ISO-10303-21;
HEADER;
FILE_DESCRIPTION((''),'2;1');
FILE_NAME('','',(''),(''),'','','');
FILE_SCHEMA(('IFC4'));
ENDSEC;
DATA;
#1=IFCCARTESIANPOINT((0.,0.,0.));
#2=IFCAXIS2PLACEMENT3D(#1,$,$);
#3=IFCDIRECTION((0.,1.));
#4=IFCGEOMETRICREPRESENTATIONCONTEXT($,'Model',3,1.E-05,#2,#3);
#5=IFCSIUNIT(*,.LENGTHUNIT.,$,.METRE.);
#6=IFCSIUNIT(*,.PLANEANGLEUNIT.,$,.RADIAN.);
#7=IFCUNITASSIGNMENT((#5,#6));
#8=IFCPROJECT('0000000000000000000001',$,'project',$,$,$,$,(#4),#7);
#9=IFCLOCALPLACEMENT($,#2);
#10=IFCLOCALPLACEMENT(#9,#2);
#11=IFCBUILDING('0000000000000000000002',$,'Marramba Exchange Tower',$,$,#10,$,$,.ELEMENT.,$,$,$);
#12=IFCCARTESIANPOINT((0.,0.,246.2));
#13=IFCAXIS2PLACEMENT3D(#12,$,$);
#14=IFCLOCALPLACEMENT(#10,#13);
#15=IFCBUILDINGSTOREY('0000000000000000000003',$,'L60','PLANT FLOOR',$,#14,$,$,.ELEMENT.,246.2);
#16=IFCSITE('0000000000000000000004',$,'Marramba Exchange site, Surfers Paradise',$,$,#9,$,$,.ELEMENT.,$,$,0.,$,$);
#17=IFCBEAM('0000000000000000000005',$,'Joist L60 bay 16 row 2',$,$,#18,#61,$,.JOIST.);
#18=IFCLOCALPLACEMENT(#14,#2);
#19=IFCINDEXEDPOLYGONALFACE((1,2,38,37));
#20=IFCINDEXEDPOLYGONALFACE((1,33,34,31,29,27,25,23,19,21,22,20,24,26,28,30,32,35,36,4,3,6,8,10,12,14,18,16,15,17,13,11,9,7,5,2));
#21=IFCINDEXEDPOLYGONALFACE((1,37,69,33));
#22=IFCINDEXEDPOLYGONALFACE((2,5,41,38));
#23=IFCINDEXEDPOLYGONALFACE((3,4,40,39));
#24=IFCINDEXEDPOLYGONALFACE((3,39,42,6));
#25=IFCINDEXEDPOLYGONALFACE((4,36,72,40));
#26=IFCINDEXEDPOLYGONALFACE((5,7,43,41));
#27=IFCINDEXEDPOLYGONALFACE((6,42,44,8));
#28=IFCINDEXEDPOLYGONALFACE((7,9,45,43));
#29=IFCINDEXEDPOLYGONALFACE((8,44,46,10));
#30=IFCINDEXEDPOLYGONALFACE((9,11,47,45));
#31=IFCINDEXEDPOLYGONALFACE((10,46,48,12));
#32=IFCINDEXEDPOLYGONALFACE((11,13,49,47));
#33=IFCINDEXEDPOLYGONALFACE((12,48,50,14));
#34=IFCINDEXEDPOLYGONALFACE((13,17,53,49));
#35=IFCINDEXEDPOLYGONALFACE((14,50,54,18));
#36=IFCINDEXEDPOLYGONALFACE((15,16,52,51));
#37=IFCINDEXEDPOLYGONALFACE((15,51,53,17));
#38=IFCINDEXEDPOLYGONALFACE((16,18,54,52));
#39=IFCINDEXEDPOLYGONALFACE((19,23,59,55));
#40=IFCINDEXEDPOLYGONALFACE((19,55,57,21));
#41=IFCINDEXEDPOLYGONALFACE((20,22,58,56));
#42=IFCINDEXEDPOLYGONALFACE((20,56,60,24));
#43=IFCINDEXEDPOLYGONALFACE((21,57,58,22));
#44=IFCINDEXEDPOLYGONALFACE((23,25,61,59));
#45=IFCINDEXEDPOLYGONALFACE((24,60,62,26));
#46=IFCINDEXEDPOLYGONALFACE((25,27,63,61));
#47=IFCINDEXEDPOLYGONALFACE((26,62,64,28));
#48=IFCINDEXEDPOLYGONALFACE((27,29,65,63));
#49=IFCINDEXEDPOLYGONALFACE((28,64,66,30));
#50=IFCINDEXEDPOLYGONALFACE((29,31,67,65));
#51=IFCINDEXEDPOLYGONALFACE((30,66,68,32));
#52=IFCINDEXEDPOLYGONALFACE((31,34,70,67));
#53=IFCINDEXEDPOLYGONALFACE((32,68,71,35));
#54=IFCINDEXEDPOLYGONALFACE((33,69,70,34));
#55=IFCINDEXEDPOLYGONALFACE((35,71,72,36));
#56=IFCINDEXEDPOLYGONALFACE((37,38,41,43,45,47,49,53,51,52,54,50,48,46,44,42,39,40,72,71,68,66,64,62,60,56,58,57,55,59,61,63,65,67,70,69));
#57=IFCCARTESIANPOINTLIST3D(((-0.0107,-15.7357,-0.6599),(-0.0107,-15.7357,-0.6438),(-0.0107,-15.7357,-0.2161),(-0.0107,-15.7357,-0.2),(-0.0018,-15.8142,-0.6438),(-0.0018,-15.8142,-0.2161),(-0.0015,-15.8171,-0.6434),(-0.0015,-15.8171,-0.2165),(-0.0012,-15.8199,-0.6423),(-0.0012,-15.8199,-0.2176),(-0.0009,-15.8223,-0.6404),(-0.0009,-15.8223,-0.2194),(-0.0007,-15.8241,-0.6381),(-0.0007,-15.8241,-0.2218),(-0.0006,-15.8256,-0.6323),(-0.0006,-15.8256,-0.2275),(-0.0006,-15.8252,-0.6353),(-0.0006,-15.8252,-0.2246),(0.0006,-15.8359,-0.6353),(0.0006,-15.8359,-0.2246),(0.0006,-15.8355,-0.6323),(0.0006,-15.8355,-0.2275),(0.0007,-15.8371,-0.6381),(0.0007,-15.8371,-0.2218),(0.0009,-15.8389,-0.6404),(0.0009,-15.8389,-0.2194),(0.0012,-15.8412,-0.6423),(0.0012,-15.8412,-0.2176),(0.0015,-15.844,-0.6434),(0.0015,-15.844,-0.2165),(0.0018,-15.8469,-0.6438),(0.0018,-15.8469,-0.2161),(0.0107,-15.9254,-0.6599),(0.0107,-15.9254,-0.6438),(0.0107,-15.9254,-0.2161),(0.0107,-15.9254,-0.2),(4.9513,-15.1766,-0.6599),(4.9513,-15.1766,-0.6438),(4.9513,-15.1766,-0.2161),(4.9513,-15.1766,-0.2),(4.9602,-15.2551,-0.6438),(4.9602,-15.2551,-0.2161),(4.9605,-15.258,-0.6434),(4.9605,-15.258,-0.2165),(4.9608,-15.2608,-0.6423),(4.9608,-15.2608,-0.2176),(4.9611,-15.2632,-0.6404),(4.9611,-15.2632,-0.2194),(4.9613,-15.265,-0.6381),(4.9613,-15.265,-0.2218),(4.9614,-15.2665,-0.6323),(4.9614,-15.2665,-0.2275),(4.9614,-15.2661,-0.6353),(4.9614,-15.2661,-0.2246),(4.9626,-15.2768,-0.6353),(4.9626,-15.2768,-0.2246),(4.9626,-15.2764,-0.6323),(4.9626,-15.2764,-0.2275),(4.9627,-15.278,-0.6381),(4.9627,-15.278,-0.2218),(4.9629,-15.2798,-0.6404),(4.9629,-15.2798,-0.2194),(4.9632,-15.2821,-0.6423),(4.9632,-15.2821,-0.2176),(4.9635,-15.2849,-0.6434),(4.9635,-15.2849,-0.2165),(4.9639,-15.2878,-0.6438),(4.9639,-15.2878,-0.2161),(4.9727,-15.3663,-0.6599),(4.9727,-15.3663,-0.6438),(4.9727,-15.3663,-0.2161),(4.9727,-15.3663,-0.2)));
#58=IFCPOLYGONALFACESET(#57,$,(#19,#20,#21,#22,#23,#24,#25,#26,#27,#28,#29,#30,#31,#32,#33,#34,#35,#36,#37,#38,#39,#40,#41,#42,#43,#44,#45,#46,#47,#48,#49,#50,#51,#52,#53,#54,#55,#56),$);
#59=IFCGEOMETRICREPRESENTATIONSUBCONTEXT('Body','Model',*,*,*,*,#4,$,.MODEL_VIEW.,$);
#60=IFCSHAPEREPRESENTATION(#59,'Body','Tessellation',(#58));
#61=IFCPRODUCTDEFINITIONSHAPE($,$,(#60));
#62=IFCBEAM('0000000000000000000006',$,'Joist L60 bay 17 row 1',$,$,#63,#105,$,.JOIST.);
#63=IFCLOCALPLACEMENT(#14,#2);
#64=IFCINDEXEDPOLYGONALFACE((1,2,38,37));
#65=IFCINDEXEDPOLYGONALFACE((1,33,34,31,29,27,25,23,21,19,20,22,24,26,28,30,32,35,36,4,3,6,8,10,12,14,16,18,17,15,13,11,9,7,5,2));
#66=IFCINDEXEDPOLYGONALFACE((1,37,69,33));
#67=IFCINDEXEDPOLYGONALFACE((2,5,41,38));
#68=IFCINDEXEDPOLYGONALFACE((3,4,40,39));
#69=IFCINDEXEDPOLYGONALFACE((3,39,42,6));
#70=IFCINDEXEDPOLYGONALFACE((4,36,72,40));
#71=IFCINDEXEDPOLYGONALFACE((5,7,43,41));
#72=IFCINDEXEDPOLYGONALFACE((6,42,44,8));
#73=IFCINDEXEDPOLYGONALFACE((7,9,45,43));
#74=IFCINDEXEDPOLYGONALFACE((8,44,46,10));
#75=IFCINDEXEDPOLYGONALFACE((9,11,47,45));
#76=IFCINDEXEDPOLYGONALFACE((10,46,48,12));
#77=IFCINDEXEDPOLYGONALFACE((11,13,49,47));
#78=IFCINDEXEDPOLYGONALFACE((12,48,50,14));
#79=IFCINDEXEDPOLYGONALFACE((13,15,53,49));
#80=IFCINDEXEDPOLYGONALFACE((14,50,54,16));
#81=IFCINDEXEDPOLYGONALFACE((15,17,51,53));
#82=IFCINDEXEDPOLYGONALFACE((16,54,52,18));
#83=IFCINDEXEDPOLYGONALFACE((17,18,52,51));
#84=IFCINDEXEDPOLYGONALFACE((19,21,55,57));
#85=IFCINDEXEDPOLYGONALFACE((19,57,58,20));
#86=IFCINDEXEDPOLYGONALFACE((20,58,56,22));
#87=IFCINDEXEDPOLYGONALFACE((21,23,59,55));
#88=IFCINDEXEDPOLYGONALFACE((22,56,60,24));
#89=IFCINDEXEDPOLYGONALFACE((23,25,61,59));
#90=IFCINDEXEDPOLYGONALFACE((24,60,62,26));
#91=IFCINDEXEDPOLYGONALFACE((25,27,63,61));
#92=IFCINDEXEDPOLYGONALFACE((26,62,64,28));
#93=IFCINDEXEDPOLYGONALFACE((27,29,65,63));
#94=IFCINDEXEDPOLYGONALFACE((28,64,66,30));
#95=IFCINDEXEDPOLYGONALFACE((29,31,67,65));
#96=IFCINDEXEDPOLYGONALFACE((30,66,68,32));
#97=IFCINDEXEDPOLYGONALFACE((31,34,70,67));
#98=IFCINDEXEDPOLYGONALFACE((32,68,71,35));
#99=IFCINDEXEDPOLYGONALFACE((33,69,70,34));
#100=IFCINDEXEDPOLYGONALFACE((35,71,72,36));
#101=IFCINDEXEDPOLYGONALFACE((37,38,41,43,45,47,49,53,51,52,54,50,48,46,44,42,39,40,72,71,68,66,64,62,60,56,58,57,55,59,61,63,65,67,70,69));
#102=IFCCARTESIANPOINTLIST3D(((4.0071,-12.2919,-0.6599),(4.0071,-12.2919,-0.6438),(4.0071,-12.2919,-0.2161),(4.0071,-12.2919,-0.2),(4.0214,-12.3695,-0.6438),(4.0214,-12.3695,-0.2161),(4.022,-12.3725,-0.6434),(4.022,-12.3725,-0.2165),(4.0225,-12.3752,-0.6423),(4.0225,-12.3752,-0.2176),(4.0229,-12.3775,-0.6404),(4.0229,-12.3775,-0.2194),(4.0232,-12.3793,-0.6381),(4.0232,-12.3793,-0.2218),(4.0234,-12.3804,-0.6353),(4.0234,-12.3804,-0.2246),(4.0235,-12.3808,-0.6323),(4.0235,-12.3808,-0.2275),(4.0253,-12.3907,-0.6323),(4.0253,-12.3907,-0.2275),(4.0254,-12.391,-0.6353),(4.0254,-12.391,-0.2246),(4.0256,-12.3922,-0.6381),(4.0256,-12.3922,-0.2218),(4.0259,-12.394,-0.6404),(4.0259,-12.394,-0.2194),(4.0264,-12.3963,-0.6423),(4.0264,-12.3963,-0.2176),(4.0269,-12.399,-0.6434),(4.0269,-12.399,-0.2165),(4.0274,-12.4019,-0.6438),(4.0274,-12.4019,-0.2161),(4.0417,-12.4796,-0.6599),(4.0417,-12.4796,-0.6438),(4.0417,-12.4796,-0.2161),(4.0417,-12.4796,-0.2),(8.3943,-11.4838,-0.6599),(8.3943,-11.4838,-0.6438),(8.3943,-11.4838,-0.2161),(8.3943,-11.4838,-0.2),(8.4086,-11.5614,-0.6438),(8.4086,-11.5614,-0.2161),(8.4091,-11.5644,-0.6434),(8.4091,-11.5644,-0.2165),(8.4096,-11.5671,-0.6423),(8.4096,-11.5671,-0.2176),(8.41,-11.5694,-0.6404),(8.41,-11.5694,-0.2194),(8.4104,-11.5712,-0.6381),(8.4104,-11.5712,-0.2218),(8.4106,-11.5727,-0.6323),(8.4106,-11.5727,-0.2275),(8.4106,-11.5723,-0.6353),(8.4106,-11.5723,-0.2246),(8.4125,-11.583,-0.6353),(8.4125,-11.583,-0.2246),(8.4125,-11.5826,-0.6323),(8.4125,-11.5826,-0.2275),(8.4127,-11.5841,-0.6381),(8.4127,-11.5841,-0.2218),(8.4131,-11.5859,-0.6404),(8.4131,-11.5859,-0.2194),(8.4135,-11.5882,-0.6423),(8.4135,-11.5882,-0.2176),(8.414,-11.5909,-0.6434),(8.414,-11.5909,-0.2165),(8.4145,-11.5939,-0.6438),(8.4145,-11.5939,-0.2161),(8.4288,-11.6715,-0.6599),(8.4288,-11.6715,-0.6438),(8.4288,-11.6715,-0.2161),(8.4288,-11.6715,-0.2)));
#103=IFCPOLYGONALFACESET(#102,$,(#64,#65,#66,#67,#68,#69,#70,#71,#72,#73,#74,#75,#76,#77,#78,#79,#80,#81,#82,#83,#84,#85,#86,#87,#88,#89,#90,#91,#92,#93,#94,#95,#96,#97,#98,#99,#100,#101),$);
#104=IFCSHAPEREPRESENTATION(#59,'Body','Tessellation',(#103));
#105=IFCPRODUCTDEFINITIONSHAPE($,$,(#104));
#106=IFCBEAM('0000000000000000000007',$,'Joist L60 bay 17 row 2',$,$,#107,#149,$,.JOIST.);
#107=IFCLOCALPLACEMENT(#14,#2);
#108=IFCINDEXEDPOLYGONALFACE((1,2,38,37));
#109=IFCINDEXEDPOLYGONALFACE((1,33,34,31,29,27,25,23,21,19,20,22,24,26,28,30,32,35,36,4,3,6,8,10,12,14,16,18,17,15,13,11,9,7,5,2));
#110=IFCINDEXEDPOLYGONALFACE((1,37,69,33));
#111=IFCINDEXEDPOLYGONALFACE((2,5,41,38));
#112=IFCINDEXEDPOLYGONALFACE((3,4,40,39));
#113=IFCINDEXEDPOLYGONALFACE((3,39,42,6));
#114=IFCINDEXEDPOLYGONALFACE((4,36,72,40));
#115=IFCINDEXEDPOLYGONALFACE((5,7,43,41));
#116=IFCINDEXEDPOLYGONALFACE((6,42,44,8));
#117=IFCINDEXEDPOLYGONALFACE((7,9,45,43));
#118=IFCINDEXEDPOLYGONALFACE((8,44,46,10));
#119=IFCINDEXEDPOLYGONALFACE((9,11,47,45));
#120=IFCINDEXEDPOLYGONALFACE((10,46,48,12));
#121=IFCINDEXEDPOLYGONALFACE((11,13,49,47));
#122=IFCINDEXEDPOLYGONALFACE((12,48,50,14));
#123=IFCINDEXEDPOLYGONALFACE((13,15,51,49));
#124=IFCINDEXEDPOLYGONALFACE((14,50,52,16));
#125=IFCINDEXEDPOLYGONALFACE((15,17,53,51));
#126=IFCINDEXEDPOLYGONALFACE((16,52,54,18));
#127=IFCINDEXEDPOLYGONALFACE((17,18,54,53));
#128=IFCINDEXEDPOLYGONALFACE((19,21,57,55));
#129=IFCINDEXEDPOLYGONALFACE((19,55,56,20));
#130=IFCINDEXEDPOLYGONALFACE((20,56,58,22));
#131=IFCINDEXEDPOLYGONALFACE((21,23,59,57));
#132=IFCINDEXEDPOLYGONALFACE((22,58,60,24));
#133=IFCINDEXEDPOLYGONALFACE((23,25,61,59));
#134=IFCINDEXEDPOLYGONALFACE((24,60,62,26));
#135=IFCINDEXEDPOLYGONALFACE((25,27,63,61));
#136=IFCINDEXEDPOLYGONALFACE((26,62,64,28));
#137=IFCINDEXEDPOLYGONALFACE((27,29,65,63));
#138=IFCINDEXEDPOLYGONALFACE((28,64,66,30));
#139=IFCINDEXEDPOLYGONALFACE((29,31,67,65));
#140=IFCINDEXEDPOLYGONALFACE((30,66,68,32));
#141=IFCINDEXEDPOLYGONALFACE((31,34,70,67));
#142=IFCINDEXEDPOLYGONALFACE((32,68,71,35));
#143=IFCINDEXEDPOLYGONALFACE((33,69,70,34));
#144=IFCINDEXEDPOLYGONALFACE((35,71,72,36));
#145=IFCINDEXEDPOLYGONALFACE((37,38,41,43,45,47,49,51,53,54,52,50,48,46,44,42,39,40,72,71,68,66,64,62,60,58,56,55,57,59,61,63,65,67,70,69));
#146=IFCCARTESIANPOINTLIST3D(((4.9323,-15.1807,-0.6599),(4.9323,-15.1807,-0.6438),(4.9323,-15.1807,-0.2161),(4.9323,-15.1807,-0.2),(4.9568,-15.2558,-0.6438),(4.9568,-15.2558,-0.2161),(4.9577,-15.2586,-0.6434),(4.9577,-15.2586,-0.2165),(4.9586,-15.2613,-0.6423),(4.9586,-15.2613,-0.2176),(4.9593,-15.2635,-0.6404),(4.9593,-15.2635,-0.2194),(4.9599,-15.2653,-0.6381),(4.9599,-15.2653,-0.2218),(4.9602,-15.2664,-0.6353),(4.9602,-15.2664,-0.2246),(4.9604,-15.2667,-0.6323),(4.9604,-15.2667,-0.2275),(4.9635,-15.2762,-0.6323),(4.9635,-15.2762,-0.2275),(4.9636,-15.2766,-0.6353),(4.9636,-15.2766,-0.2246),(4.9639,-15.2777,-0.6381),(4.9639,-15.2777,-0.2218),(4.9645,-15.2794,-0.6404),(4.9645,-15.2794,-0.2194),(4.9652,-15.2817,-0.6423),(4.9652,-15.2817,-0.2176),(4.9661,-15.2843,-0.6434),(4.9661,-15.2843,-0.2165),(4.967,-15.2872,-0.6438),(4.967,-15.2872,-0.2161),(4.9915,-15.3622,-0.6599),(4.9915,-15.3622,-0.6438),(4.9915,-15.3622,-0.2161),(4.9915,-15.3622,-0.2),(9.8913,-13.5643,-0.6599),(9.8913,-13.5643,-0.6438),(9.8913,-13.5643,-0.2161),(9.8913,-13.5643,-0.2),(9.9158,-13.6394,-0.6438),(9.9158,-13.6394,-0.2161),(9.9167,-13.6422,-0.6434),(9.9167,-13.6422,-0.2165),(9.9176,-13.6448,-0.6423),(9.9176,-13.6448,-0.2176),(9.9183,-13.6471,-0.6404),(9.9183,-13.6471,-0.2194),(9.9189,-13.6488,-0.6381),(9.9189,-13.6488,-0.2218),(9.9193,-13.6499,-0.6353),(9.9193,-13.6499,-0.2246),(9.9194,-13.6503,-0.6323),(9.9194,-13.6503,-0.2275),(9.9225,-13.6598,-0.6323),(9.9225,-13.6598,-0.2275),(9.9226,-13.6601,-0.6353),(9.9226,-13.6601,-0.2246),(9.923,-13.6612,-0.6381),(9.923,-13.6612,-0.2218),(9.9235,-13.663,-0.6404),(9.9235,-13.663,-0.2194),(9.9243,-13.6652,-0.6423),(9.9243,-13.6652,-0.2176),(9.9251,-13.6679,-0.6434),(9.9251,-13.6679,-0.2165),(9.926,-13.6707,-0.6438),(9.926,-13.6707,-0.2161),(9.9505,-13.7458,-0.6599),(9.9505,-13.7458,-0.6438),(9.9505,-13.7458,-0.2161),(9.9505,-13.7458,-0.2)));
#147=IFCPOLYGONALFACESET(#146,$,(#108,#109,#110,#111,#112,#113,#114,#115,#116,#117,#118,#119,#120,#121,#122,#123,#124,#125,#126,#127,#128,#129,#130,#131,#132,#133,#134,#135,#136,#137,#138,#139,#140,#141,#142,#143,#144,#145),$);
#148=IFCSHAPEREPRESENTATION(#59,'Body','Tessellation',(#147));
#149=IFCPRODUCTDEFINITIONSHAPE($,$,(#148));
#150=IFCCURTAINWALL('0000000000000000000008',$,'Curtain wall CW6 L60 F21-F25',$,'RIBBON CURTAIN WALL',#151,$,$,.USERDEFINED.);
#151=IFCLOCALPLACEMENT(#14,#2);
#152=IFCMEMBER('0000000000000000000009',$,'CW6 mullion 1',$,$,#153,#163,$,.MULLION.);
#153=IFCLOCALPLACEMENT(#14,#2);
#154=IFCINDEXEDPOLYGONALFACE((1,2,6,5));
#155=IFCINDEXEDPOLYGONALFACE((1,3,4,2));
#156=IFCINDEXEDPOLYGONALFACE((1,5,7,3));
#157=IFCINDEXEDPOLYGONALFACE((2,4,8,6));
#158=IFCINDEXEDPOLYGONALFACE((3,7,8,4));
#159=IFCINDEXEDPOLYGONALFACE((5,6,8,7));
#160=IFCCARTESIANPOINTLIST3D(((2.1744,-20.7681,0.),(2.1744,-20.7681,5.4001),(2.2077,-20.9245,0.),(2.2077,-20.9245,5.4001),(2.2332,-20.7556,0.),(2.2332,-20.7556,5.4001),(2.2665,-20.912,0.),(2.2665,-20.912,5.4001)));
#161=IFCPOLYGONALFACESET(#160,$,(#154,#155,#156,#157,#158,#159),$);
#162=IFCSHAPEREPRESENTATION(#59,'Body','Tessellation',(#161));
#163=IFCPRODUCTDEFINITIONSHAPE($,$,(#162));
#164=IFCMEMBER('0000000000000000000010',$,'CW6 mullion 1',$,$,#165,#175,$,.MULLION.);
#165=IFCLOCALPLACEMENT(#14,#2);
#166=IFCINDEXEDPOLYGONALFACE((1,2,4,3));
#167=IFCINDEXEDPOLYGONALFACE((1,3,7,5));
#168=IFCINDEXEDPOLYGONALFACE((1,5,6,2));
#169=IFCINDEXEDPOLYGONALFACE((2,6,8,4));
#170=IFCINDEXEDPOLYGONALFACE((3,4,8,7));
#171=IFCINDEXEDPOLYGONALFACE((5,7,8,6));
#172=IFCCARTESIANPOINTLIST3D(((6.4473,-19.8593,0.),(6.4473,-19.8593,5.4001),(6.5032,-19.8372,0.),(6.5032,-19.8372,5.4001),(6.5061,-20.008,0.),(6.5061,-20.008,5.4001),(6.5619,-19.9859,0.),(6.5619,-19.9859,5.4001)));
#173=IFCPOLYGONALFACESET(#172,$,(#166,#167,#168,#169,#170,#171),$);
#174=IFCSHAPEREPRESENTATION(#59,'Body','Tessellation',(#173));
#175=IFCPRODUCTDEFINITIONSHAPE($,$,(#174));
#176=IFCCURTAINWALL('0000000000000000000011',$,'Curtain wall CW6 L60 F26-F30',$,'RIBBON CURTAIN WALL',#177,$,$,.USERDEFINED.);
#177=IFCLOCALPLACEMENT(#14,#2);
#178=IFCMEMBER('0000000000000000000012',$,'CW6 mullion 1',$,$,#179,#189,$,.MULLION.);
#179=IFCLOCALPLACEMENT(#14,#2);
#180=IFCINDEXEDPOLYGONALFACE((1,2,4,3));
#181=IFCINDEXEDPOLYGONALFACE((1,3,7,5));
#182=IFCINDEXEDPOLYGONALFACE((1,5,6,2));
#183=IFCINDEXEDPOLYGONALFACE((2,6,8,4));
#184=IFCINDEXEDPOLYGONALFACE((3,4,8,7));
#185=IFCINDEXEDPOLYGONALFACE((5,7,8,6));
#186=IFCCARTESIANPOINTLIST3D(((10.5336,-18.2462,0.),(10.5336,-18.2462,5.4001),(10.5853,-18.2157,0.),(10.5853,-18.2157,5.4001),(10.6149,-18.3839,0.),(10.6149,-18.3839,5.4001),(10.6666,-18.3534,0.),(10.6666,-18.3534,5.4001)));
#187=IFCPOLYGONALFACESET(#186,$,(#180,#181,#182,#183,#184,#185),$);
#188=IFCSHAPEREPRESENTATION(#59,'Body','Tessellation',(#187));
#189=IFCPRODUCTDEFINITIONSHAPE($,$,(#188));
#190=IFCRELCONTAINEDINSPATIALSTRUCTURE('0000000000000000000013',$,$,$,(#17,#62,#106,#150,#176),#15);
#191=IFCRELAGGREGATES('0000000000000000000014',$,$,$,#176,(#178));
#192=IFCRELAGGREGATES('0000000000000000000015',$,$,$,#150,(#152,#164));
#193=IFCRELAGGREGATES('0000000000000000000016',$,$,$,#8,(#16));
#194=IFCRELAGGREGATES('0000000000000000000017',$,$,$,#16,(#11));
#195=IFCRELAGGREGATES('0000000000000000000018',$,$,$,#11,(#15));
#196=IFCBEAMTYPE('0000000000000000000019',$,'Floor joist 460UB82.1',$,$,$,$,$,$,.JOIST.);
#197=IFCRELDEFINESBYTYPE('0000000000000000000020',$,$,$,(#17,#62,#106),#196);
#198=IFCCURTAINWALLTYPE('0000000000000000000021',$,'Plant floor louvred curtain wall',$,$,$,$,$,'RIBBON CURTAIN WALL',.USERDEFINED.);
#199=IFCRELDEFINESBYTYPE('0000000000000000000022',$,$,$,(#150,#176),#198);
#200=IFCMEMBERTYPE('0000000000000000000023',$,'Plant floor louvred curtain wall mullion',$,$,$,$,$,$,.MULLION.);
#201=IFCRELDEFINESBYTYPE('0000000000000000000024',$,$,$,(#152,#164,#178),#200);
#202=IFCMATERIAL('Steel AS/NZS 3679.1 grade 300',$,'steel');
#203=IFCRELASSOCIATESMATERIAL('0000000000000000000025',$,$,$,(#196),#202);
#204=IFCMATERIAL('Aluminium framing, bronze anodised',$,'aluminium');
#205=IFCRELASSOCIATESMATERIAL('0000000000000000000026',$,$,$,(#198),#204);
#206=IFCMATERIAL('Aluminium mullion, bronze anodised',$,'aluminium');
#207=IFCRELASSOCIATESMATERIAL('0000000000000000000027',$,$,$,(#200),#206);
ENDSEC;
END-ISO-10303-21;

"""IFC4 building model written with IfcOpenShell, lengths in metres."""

from ifc_helpers import new_model, si_unit, direction, frame, origin, origin_2d, place, context, subcontext, project, spatial, rectangle, i_section, extrude, material, material_profile, profile_set, type_object, element, aggregate, save


model = new_model("IFC4")

# Units and contexts
model_context = context("Model", 3, precision=1e-05, world=origin(), true_north=direction((0.0, 1.0)))
body_context = subcontext(model_context, "Body", "Model", "MODEL_VIEW")
ifc_project = project(units=[si_unit("LENGTHUNIT", "METRE"), si_unit("PLANEANGLEUNIT", "RADIAN")], contexts=[model_context])

# Site, building, storey
site_placement = place(None, origin())
site = spatial("IfcSite", under=ifc_project, at=site_placement, Name="Marramba Exchange site, Surfers Paradise", CompositionType="ELEMENT", RefElevation=0.0)
building_placement = place(site_placement, origin())
building = spatial("IfcBuilding", under=site, at=building_placement, Name="Marramba Exchange Tower", CompositionType="ELEMENT")
storey_placement = place(building_placement, frame((0.0, 0.0, 246.2)))
storey = spatial("IfcBuildingStorey", under=building, at=storey_placement, Name="L60", Description="PLANT FLOOR", CompositionType="ELEMENT", Elevation=246.2)

# Beams
ifc_material_1 = material(Name="Steel AS/NZS 3679.1 grade 300", Category="steel")
ifc_material_profile_1 = material_profile(ifc_material_1, i_section(OverallWidth=0.1909, OverallDepth=0.46, WebThickness=0.01, FlangeThickness=0.0161, FilletRadius=0.0115, at=origin_2d()), Name="460UB82.1")
ifc_profile_set_1 = profile_set([ifc_material_profile_1], Name="Steel AS/NZS 3679.1 grade 300")
beam_type_1 = type_object("IfcBeamType", Name="Floor joist 460UB82.1", PredefinedType="JOIST", material=ifc_profile_set_1)
beam_1_placement = place(storey_placement, frame((0.0, -15.8306, -0.4299), z_axis=(0.993712, 0.111966, 0.0), x_axis=(-0.111966, 0.993712, 0.0)))
element("IfcBeam", 1, at=beam_1_placement, inside=storey, type_object=beam_type_1, Name="Joist L60 bay 16 row 2", PredefinedType="JOIST", context=body_context, shape_type="SweptSolid", body=[
    extrude(i_section(OverallWidth=0.1909, OverallDepth=0.46, WebThickness=0.01, FlangeThickness=0.0161, FilletRadius=0.0115, at=origin_2d()), origin(), (0.0, 0.0, 1.0), 4.9934),
])
beam_2_placement = place(storey_placement, frame((4.0244, -12.3857, -0.4299), z_axis=(0.983456, 0.181149, 0.0), x_axis=(-0.181149, 0.983456, 0.0)))
element("IfcBeam", 2, at=beam_2_placement, inside=storey, type_object=beam_type_1, Name="Joist L60 bay 17 row 1", PredefinedType="JOIST", context=body_context, shape_type="SweptSolid", body=[
    extrude(i_section(OverallWidth=0.1909, OverallDepth=0.46, WebThickness=0.01, FlangeThickness=0.0161, FilletRadius=0.0115, at=origin_2d()), origin(), (0.0, 0.0, 1.0), 4.4609),
])
beam_3_placement = place(storey_placement, frame((4.9619, -15.2715, -0.4299), z_axis=(0.950764, 0.309916, 0.0), x_axis=(-0.309916, 0.950764, 0.0)))
element("IfcBeam", 3, at=beam_3_placement, inside=storey, type_object=beam_type_1, Name="Joist L60 bay 17 row 2", PredefinedType="JOIST", context=body_context, shape_type="SweptSolid", body=[
    extrude(i_section(OverallWidth=0.1909, OverallDepth=0.46, WebThickness=0.01, FlangeThickness=0.0161, FilletRadius=0.0115, at=origin_2d()), origin(), (0.0, 0.0, 1.0), 5.2158),
])

# Curtain wall, members
ifc_material_2 = material(Name="Aluminium framing, bronze anodised", Category="aluminium")
curtain_wall_type = type_object("IfcCurtainWallType", Name="Plant floor louvred curtain wall", ElementType="RIBBON CURTAIN WALL", PredefinedType="USERDEFINED", material=ifc_material_2)
curtain_wall_1_placement = place(storey_placement, origin())
curtain_wall_1 = element("IfcCurtainWall", 4, at=curtain_wall_1_placement, inside=storey, type_object=curtain_wall_type, Name="Curtain wall CW6 L60 F21-F25", ObjectType="RIBBON CURTAIN WALL", PredefinedType="USERDEFINED")
ifc_material_3 = material(Name="Aluminium mullion, bronze anodised", Category="aluminium")
ifc_material_profile_2 = material_profile(ifc_material_3, rectangle(XDim=0.1599, YDim=0.0601, at=origin_2d()), Name="CW6 mullion 60x160")
ifc_profile_set_2 = profile_set([ifc_material_profile_2], Name="Aluminium mullion, bronze anodised")
member_type_1 = type_object("IfcMemberType", Name="Plant floor louvred curtain wall mullion", PredefinedType="MULLION", material=ifc_profile_set_2)
member_1_placement = place(storey_placement, frame((2.2205, -20.8401, 0.0), z_axis=(0.0, 0.0, 1.0), x_axis=(-0.208332, 0.978058, 0.0)))
member_1 = element("IfcMember", 5, at=member_1_placement, type_object=member_type_1, Name="CW6 mullion 1", PredefinedType="MULLION", context=body_context, shape_type="SweptSolid", body=[
    extrude(rectangle(XDim=0.1599, YDim=0.0601, at=origin_2d()), origin(), (0.0, 0.0, 1.0), 5.4001),
])
member_2_placement = place(storey_placement, frame((6.5046, -19.9226, 0.0), z_axis=(0.0, 0.0, 1.0), x_axis=(-0.367375, 0.930073, 0.0)))
member_2 = element("IfcMember", 6, at=member_2_placement, type_object=member_type_1, Name="CW6 mullion 1", PredefinedType="MULLION", context=body_context, shape_type="SweptSolid", body=[
    extrude(rectangle(XDim=0.1599, YDim=0.0601, at=origin_2d()), origin(), (0.0, 0.0, 1.0), 5.4001),
])

# Curtain wall, member
curtain_wall_2_placement = place(storey_placement, origin())
curtain_wall_2 = element("IfcCurtainWall", 7, at=curtain_wall_2_placement, inside=storey, type_object=curtain_wall_type, Name="Curtain wall CW6 L60 F26-F30", ObjectType="RIBBON CURTAIN WALL", PredefinedType="USERDEFINED")
member_3_placement = place(storey_placement, frame((10.6001, -18.2998, 0.0), z_axis=(0.0, 0.0, 1.0), x_axis=(-0.508011, 0.861351, 0.0)))
member_3 = element("IfcMember", 8, at=member_3_placement, type_object=member_type_1, Name="CW6 mullion 1", PredefinedType="MULLION", context=body_context, shape_type="SweptSolid", body=[
    extrude(rectangle(XDim=0.1599, YDim=0.0601, at=origin_2d()), origin(), (0.0, 0.0, 1.0), 5.4001),
])

aggregate(curtain_wall_2, [member_3])

aggregate(curtain_wall_1, [member_1, member_2])

save(model, "model.ifc")
